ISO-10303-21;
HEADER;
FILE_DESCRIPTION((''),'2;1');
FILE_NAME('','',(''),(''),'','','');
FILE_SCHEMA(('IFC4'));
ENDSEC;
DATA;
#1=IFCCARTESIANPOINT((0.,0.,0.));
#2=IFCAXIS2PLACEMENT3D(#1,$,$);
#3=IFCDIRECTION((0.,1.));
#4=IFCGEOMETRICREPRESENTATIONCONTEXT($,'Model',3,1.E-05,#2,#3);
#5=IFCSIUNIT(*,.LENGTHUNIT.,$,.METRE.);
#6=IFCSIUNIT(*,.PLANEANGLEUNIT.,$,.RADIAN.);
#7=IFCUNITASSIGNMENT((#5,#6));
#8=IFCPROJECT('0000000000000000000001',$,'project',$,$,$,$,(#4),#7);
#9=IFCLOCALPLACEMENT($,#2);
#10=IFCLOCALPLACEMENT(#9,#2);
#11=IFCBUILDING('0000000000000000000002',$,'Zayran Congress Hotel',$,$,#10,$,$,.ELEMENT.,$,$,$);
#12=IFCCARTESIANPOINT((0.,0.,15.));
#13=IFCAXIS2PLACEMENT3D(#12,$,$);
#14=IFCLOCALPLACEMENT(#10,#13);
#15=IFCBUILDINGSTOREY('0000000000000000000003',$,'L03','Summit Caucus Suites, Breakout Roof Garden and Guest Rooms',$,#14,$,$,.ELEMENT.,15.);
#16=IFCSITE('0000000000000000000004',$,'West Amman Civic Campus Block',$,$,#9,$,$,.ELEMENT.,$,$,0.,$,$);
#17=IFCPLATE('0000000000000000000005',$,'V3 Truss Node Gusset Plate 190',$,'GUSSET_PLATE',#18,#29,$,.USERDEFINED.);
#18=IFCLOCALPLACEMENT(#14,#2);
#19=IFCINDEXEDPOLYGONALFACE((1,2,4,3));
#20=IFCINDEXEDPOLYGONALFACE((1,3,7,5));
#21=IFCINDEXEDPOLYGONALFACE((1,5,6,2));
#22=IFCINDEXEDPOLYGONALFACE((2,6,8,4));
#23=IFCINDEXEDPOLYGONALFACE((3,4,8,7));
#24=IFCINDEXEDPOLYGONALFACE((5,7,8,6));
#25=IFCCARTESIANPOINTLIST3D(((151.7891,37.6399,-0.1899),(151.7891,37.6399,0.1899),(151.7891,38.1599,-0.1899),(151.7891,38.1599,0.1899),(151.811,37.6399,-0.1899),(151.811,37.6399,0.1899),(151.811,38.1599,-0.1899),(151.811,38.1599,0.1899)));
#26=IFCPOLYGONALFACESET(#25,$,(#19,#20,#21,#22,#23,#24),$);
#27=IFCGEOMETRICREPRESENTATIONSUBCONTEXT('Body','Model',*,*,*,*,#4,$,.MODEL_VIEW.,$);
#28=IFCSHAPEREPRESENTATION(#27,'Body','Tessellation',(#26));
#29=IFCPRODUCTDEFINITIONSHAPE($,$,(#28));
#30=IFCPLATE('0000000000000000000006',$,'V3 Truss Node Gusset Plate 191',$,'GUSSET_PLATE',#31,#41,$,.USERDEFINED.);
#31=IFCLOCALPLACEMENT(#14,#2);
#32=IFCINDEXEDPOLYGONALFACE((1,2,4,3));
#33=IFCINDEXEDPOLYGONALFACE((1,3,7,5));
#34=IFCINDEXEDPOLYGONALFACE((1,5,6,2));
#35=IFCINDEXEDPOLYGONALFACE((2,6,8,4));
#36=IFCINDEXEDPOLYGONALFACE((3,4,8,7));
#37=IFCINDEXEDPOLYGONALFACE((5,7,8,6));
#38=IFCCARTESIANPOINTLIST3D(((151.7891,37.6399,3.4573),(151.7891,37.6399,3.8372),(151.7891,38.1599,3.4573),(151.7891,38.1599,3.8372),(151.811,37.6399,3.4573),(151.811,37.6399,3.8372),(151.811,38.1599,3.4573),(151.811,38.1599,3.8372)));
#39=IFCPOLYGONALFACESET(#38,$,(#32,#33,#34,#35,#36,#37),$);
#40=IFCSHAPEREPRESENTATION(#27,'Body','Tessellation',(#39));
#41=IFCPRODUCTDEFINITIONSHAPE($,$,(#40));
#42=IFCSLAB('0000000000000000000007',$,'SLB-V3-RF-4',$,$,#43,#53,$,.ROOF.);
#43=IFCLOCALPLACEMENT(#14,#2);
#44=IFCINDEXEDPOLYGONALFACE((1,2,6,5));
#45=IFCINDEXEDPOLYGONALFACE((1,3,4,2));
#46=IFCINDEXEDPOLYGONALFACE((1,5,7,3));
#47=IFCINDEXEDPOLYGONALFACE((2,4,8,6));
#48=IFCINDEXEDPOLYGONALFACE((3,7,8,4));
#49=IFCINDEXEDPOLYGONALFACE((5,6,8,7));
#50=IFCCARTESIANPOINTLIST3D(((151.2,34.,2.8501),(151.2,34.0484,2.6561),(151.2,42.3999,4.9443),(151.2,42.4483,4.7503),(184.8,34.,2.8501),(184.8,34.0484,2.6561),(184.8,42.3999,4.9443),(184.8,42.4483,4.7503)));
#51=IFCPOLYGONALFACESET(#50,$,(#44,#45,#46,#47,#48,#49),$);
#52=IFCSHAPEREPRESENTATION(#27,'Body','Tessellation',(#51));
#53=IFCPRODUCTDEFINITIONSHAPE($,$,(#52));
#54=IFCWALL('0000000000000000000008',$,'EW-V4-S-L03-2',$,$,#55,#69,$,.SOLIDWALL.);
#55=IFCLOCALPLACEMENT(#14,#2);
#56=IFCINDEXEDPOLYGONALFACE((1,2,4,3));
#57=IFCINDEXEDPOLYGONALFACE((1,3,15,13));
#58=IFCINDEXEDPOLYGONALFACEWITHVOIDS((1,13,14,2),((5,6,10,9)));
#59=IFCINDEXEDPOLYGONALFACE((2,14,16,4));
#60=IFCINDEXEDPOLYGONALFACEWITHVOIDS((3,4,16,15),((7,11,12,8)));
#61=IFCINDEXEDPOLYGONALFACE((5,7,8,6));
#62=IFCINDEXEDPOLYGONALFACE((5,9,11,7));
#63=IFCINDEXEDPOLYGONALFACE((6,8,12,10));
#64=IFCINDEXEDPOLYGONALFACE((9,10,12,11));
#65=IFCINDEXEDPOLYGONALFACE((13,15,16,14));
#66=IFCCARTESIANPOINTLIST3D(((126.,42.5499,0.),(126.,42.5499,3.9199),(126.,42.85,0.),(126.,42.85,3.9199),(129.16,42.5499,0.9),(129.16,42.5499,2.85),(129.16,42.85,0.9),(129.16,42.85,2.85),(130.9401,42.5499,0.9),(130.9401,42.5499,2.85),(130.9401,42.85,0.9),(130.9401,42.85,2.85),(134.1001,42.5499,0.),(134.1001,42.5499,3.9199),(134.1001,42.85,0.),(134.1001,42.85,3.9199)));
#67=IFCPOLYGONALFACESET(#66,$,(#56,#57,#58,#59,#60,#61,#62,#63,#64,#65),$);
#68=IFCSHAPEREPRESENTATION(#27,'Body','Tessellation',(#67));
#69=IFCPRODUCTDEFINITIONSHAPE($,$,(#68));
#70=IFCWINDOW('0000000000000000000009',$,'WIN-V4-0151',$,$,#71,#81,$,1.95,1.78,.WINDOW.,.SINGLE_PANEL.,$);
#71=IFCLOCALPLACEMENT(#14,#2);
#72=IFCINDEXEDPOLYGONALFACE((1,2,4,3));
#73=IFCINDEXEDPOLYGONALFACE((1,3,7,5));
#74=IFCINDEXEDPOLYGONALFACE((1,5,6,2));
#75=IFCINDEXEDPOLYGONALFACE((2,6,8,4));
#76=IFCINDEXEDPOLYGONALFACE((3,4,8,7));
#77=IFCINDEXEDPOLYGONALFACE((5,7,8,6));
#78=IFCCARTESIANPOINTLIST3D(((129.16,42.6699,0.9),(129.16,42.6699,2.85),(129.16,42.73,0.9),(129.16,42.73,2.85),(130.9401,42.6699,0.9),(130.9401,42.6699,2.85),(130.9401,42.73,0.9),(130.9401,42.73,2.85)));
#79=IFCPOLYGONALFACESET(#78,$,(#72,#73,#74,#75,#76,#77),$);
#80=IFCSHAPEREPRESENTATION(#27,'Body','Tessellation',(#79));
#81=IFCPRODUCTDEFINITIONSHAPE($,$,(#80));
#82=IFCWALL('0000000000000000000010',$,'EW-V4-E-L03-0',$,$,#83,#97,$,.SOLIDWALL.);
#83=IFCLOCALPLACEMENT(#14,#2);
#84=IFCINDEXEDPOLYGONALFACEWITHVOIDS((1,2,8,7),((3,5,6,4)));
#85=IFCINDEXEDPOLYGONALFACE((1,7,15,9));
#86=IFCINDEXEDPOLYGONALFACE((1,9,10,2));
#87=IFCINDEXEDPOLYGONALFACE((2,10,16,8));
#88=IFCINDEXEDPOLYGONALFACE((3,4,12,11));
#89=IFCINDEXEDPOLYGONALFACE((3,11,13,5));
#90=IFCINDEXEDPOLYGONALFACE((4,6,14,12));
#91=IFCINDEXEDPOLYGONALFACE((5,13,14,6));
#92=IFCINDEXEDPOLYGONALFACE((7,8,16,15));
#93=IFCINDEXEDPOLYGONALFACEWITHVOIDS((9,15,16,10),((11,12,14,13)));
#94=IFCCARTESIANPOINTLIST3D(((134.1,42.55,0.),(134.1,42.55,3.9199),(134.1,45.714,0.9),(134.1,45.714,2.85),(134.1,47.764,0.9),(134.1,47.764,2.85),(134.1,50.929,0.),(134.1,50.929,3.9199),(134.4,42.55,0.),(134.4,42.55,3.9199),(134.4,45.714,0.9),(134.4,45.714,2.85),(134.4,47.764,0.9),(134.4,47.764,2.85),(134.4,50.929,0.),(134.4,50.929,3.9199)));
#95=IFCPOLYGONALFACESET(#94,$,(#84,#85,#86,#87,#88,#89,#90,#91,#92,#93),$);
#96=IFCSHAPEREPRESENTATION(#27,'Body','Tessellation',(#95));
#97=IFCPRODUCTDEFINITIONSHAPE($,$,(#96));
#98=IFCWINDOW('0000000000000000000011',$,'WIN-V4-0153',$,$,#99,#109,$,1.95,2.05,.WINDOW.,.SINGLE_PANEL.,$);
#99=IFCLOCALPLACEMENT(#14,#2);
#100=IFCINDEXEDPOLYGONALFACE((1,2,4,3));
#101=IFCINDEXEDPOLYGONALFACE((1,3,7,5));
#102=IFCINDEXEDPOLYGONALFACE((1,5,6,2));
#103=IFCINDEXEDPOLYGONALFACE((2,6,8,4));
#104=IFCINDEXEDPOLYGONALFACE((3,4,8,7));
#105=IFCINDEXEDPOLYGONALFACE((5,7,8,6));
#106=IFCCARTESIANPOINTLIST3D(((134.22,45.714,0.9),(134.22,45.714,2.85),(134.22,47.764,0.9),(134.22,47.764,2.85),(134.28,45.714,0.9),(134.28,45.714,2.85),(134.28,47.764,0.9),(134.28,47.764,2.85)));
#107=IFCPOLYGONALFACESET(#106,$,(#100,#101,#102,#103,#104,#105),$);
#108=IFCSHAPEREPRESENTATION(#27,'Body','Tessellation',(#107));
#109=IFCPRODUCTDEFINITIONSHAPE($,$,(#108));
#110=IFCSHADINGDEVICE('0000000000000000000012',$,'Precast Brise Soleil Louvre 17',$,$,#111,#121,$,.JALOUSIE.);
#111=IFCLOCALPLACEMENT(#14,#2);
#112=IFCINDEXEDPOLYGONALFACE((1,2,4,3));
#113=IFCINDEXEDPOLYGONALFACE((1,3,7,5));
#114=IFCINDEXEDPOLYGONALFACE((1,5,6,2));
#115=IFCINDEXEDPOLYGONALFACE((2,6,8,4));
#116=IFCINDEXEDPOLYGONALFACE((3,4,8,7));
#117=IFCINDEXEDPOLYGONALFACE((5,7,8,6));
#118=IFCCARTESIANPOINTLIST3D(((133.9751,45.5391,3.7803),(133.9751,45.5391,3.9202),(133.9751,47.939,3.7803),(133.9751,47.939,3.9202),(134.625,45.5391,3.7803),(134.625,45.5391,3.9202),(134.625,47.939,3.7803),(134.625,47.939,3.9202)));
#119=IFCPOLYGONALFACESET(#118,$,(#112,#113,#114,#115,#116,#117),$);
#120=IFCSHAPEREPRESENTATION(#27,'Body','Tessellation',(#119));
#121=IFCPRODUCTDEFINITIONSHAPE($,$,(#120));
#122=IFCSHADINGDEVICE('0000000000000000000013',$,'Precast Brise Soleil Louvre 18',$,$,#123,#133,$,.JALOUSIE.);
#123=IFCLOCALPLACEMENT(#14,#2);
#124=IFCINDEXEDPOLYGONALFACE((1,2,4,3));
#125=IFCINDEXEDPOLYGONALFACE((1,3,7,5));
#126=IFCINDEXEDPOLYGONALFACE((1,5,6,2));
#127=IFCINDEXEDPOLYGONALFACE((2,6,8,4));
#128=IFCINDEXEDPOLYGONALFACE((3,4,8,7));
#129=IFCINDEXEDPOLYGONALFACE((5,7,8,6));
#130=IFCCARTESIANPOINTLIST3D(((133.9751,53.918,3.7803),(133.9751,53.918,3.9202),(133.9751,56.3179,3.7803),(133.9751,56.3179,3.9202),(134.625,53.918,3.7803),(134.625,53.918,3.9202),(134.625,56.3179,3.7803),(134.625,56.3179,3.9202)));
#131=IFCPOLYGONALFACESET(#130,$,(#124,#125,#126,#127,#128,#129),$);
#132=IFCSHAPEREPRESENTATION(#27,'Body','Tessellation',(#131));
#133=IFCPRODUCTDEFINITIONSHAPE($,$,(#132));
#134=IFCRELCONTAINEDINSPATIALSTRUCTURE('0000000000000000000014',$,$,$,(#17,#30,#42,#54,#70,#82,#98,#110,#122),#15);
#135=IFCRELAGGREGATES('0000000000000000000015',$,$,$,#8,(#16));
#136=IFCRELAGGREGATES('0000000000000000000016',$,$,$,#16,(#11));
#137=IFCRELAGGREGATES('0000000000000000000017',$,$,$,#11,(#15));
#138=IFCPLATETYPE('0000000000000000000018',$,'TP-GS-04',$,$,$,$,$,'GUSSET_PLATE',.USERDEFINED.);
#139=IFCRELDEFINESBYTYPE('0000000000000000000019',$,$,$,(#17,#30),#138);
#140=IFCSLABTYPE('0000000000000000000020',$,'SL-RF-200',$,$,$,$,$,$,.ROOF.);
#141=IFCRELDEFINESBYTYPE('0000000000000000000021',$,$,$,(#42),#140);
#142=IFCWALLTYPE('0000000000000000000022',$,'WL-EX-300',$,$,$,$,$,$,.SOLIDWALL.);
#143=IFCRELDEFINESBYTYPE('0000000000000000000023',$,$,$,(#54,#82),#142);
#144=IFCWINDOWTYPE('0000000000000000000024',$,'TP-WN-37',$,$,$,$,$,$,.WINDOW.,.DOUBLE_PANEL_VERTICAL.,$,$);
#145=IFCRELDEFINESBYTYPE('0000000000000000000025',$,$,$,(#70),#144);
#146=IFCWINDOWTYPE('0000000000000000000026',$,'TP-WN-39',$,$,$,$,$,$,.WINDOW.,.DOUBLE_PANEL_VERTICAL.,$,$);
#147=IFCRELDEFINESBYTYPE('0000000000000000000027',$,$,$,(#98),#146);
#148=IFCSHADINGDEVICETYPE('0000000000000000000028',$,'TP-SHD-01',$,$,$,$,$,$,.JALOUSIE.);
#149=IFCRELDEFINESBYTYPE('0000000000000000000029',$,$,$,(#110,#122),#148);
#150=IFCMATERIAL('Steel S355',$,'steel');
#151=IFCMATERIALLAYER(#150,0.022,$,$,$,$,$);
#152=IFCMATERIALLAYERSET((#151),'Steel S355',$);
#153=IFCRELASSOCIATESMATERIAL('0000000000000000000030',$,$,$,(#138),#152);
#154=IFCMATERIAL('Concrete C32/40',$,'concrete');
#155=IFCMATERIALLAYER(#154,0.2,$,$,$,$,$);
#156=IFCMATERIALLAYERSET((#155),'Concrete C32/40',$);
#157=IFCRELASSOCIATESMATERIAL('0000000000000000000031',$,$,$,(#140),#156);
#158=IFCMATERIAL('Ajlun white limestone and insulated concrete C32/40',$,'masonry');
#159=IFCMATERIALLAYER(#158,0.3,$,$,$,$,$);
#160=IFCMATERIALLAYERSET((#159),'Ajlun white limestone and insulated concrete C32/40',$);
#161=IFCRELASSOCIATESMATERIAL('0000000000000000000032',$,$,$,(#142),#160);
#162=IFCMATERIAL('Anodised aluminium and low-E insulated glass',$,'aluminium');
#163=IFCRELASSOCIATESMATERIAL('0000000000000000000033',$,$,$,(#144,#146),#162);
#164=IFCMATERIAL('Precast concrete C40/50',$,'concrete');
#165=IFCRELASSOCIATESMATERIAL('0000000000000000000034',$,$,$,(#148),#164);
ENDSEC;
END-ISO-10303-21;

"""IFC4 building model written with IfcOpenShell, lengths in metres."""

from ifc_helpers import new_model, si_unit, direction, frame, frame_2d, origin, origin_2d, place, context, subcontext, project, spatial, polyline, rectangle, outline, extrude, material, layer, layer_set, type_object, element, fill, save


model = new_model("IFC4")

# Units and contexts
model_context = context("Model", 3, precision=1e-05, world=origin(), true_north=direction((0.0, 1.0)))
body_context = subcontext(model_context, "Body", "Model", "MODEL_VIEW")
ifc_project = project(units=[si_unit("LENGTHUNIT", "METRE"), si_unit("PLANEANGLEUNIT", "RADIAN")], contexts=[model_context])

# Site, building, storey
site_placement = place(None, origin())
site = spatial("IfcSite", under=ifc_project, at=site_placement, Name="West Amman Civic Campus Block", CompositionType="ELEMENT", RefElevation=0.0)
building_placement = place(site_placement, origin())
building = spatial("IfcBuilding", under=site, at=building_placement, Name="Zayran Congress Hotel", CompositionType="ELEMENT")
storey_placement = place(building_placement, frame((0.0, 0.0, 15.0)))
storey = spatial("IfcBuildingStorey", under=building, at=storey_placement, Name="L03", Description="Summit Caucus Suites, Breakout Roof Garden and Guest Rooms", CompositionType="ELEMENT", Elevation=15.0)

# Shared definitions
ifc_material_1 = material(Name="Steel S355", Category="steel")

# Plates
ifc_layer_1 = layer(ifc_material_1, 0.022)
ifc_layer_set_1 = layer_set([ifc_layer_1], Name="Steel S355")
plate_type_1 = type_object("IfcPlateType", Name="TP-GS-04", ElementType="GUSSET_PLATE", PredefinedType="USERDEFINED", material=ifc_layer_set_1)
for number, where, z_axis, x_axis, name in (
    (1, (151.8, 37.8999, -0.1899), (0.0, 0.0, 1.0), (0.0, 1.0, 0.0), "V3 Truss Node Gusset Plate 190"),
    (2, (151.8, 37.8999, 3.4573), (0.0, 0.0, 1.0), (0.0, 1.0, 0.0), "V3 Truss Node Gusset Plate 191"),
):
    element("IfcPlate", number, at=place(storey_placement, frame(where, z_axis=z_axis, x_axis=x_axis)), inside=storey, type_object=plate_type_1, Name=name, ObjectType="GUSSET_PLATE", PredefinedType="USERDEFINED", context=body_context, shape_type="SweptSolid", body=[
        extrude(rectangle(XDim=0.52, YDim=0.022, at=origin_2d()), origin(), (0.0, 0.0, 1.0), 0.3799),
    ])

# Slab
ifc_material_2 = material(Name="Concrete C32/40", Category="concrete")
ifc_layer_2 = layer(ifc_material_2, 0.2)
ifc_layer_set_2 = layer_set([ifc_layer_2], Name="Concrete C32/40")
slab_type = type_object("IfcSlabType", Name="SL-RF-200", PredefinedType="ROOF", material=ifc_layer_set_2)
slab_placement = place(storey_placement, frame((151.2, 34.0, 2.8501), z_axis=(0.0, -0.241912, 0.970298), x_axis=(1.0, 0.0, 0.0)))
element("IfcSlab", 3, at=slab_placement, inside=storey, type_object=slab_type, Name="SLB-V3-RF-4", PredefinedType="ROOF", context=body_context, shape_type="SweptSolid", body=[
    extrude(outline(polyline([(0.0, 0.0), (33.6001, 0.0), (33.6001, 8.657), (0.0, 8.657), (0.0, 0.0)])), origin(), (0.0, 0.0, -1.0), 0.2),
])

# Walls, openings, windows
ifc_material_3 = material(Name="Ajlun white limestone and insulated concrete C32/40", Category="masonry")
ifc_layer_3 = layer(ifc_material_3, 0.3)
ifc_layer_set_3 = layer_set([ifc_layer_3], Name="Ajlun white limestone and insulated concrete C32/40")
wall_type = type_object("IfcWallType", Name="WL-EX-300", PredefinedType="SOLIDWALL", material=ifc_layer_set_3)
wall_1_placement = place(storey_placement, frame((134.1001, 42.7, 0.0), z_axis=(0.0, 0.0, 1.0), x_axis=(-1.0, 0.0, 0.0)))
wall_1 = element("IfcWall", 4, at=wall_1_placement, inside=storey, type_object=wall_type, Name="EW-V4-S-L03-2", PredefinedType="SOLIDWALL", context=body_context, shape_type="SweptSolid", body=[
    extrude(rectangle(XDim=8.1001, YDim=0.3, at=frame_2d((4.05, 0.0))), origin(), (0.0, 0.0, 1.0), 3.9199),
])
opening_1_placement = place(wall_1_placement, frame((3.1599, 0.0, 0.8999)))
opening_1 = element("IfcOpeningElement", 5, at=opening_1_placement, cuts=wall_1, PredefinedType="OPENING", context=body_context, shape_type="SweptSolid", body=[
    extrude(rectangle(XDim=1.78, YDim=1.95, at=frame_2d((0.8901, 0.9751))), frame((0.0, 0.1599, 0.0), z_axis=(0.0, -1.0, 0.0), x_axis=(1.0, 0.0, 0.0)), (0.0, 0.0, 1.0), 0.3201),
])
ifc_material_4 = material(Name="Anodised aluminium and low-E insulated glass", Category="aluminium")
window_type_1 = type_object("IfcWindowType", Name="TP-WN-37", PartitioningType="DOUBLE_PANEL_VERTICAL", PredefinedType="WINDOW", material=ifc_material_4)
window_1_placement = place(opening_1_placement, origin())
window_1 = element("IfcWindow", 6, at=window_1_placement, inside=storey, type_object=window_type_1, Name="WIN-V4-0151", OverallHeight=1.95, OverallWidth=1.78, PartitioningType="SINGLE_PANEL", PredefinedType="WINDOW", context=body_context, shape_type="SweptSolid", body=[
    extrude(rectangle(XDim=1.78, YDim=1.95, at=frame_2d((0.8901, 0.9751))), frame((0.0, 0.03, 0.0), z_axis=(0.0, -1.0, 0.0), x_axis=(1.0, 0.0, 0.0)), (0.0, 0.0, 1.0), 0.0601),
])
fill(opening_1, window_1)
wall_2_placement = place(storey_placement, frame((134.25, 50.929, 0.0), z_axis=(0.0, 0.0, 1.0), x_axis=(0.0, -1.0, 0.0)))
wall_2 = element("IfcWall", 7, at=wall_2_placement, inside=storey, type_object=wall_type, Name="EW-V4-E-L03-0", PredefinedType="SOLIDWALL", context=body_context, shape_type="SweptSolid", body=[
    extrude(rectangle(XDim=8.3789, YDim=0.3, at=frame_2d((4.1895, 0.0))), origin(), (0.0, 0.0, 1.0), 3.9199),
])
opening_2_placement = place(wall_2_placement, frame((3.165, 0.0, 0.8999)))
opening_2 = element("IfcOpeningElement", 8, at=opening_2_placement, cuts=wall_2, PredefinedType="OPENING", context=body_context, shape_type="SweptSolid", body=[
    extrude(rectangle(XDim=2.05, YDim=1.95, at=frame_2d((1.0249, 0.9751))), frame((0.0, 0.1599, 0.0), z_axis=(0.0, -1.0, 0.0), x_axis=(1.0, 0.0, 0.0)), (0.0, 0.0, 1.0), 0.3201),
])
window_type_2 = type_object("IfcWindowType", Name="TP-WN-39", PartitioningType="DOUBLE_PANEL_VERTICAL", PredefinedType="WINDOW", material=ifc_material_4)
window_2_placement = place(opening_2_placement, origin())
window_2 = element("IfcWindow", 9, at=window_2_placement, inside=storey, type_object=window_type_2, Name="WIN-V4-0153", OverallHeight=1.95, OverallWidth=2.05, PartitioningType="SINGLE_PANEL", PredefinedType="WINDOW", context=body_context, shape_type="SweptSolid", body=[
    extrude(rectangle(XDim=2.05, YDim=1.95, at=frame_2d((1.0249, 0.9751))), frame((0.0, 0.03, 0.0), z_axis=(0.0, -1.0, 0.0), x_axis=(1.0, 0.0, 0.0)), (0.0, 0.0, 1.0), 0.0601),
])
fill(opening_2, window_2)

# Shading devices
ifc_material_5 = material(Name="Precast concrete C40/50", Category="concrete")
shading_device_type = type_object("IfcShadingDeviceType", Name="TP-SHD-01", PredefinedType="JALOUSIE", material=ifc_material_5)
for number, where, z_axis, x_axis, name in (
    (10, (134.3, 46.739, 3.7803), (0.0, 0.0, 1.0), (0.0, 1.0, 0.0), "Precast Brise Soleil Louvre 17"),
    (11, (134.3, 55.1179, 3.7803), (0.0, 0.0, 1.0), (0.0, 1.0, 0.0), "Precast Brise Soleil Louvre 18"),
):
    element("IfcShadingDevice", number, at=place(storey_placement, frame(where, z_axis=z_axis, x_axis=x_axis)), inside=storey, type_object=shading_device_type, Name=name, PredefinedType="JALOUSIE", context=body_context, shape_type="SweptSolid", body=[
        extrude(rectangle(XDim=2.3999, YDim=0.6499, at=origin_2d()), origin(), (0.0, 0.0, 1.0), 0.1399),
    ])

save(model, "model.ifc")
